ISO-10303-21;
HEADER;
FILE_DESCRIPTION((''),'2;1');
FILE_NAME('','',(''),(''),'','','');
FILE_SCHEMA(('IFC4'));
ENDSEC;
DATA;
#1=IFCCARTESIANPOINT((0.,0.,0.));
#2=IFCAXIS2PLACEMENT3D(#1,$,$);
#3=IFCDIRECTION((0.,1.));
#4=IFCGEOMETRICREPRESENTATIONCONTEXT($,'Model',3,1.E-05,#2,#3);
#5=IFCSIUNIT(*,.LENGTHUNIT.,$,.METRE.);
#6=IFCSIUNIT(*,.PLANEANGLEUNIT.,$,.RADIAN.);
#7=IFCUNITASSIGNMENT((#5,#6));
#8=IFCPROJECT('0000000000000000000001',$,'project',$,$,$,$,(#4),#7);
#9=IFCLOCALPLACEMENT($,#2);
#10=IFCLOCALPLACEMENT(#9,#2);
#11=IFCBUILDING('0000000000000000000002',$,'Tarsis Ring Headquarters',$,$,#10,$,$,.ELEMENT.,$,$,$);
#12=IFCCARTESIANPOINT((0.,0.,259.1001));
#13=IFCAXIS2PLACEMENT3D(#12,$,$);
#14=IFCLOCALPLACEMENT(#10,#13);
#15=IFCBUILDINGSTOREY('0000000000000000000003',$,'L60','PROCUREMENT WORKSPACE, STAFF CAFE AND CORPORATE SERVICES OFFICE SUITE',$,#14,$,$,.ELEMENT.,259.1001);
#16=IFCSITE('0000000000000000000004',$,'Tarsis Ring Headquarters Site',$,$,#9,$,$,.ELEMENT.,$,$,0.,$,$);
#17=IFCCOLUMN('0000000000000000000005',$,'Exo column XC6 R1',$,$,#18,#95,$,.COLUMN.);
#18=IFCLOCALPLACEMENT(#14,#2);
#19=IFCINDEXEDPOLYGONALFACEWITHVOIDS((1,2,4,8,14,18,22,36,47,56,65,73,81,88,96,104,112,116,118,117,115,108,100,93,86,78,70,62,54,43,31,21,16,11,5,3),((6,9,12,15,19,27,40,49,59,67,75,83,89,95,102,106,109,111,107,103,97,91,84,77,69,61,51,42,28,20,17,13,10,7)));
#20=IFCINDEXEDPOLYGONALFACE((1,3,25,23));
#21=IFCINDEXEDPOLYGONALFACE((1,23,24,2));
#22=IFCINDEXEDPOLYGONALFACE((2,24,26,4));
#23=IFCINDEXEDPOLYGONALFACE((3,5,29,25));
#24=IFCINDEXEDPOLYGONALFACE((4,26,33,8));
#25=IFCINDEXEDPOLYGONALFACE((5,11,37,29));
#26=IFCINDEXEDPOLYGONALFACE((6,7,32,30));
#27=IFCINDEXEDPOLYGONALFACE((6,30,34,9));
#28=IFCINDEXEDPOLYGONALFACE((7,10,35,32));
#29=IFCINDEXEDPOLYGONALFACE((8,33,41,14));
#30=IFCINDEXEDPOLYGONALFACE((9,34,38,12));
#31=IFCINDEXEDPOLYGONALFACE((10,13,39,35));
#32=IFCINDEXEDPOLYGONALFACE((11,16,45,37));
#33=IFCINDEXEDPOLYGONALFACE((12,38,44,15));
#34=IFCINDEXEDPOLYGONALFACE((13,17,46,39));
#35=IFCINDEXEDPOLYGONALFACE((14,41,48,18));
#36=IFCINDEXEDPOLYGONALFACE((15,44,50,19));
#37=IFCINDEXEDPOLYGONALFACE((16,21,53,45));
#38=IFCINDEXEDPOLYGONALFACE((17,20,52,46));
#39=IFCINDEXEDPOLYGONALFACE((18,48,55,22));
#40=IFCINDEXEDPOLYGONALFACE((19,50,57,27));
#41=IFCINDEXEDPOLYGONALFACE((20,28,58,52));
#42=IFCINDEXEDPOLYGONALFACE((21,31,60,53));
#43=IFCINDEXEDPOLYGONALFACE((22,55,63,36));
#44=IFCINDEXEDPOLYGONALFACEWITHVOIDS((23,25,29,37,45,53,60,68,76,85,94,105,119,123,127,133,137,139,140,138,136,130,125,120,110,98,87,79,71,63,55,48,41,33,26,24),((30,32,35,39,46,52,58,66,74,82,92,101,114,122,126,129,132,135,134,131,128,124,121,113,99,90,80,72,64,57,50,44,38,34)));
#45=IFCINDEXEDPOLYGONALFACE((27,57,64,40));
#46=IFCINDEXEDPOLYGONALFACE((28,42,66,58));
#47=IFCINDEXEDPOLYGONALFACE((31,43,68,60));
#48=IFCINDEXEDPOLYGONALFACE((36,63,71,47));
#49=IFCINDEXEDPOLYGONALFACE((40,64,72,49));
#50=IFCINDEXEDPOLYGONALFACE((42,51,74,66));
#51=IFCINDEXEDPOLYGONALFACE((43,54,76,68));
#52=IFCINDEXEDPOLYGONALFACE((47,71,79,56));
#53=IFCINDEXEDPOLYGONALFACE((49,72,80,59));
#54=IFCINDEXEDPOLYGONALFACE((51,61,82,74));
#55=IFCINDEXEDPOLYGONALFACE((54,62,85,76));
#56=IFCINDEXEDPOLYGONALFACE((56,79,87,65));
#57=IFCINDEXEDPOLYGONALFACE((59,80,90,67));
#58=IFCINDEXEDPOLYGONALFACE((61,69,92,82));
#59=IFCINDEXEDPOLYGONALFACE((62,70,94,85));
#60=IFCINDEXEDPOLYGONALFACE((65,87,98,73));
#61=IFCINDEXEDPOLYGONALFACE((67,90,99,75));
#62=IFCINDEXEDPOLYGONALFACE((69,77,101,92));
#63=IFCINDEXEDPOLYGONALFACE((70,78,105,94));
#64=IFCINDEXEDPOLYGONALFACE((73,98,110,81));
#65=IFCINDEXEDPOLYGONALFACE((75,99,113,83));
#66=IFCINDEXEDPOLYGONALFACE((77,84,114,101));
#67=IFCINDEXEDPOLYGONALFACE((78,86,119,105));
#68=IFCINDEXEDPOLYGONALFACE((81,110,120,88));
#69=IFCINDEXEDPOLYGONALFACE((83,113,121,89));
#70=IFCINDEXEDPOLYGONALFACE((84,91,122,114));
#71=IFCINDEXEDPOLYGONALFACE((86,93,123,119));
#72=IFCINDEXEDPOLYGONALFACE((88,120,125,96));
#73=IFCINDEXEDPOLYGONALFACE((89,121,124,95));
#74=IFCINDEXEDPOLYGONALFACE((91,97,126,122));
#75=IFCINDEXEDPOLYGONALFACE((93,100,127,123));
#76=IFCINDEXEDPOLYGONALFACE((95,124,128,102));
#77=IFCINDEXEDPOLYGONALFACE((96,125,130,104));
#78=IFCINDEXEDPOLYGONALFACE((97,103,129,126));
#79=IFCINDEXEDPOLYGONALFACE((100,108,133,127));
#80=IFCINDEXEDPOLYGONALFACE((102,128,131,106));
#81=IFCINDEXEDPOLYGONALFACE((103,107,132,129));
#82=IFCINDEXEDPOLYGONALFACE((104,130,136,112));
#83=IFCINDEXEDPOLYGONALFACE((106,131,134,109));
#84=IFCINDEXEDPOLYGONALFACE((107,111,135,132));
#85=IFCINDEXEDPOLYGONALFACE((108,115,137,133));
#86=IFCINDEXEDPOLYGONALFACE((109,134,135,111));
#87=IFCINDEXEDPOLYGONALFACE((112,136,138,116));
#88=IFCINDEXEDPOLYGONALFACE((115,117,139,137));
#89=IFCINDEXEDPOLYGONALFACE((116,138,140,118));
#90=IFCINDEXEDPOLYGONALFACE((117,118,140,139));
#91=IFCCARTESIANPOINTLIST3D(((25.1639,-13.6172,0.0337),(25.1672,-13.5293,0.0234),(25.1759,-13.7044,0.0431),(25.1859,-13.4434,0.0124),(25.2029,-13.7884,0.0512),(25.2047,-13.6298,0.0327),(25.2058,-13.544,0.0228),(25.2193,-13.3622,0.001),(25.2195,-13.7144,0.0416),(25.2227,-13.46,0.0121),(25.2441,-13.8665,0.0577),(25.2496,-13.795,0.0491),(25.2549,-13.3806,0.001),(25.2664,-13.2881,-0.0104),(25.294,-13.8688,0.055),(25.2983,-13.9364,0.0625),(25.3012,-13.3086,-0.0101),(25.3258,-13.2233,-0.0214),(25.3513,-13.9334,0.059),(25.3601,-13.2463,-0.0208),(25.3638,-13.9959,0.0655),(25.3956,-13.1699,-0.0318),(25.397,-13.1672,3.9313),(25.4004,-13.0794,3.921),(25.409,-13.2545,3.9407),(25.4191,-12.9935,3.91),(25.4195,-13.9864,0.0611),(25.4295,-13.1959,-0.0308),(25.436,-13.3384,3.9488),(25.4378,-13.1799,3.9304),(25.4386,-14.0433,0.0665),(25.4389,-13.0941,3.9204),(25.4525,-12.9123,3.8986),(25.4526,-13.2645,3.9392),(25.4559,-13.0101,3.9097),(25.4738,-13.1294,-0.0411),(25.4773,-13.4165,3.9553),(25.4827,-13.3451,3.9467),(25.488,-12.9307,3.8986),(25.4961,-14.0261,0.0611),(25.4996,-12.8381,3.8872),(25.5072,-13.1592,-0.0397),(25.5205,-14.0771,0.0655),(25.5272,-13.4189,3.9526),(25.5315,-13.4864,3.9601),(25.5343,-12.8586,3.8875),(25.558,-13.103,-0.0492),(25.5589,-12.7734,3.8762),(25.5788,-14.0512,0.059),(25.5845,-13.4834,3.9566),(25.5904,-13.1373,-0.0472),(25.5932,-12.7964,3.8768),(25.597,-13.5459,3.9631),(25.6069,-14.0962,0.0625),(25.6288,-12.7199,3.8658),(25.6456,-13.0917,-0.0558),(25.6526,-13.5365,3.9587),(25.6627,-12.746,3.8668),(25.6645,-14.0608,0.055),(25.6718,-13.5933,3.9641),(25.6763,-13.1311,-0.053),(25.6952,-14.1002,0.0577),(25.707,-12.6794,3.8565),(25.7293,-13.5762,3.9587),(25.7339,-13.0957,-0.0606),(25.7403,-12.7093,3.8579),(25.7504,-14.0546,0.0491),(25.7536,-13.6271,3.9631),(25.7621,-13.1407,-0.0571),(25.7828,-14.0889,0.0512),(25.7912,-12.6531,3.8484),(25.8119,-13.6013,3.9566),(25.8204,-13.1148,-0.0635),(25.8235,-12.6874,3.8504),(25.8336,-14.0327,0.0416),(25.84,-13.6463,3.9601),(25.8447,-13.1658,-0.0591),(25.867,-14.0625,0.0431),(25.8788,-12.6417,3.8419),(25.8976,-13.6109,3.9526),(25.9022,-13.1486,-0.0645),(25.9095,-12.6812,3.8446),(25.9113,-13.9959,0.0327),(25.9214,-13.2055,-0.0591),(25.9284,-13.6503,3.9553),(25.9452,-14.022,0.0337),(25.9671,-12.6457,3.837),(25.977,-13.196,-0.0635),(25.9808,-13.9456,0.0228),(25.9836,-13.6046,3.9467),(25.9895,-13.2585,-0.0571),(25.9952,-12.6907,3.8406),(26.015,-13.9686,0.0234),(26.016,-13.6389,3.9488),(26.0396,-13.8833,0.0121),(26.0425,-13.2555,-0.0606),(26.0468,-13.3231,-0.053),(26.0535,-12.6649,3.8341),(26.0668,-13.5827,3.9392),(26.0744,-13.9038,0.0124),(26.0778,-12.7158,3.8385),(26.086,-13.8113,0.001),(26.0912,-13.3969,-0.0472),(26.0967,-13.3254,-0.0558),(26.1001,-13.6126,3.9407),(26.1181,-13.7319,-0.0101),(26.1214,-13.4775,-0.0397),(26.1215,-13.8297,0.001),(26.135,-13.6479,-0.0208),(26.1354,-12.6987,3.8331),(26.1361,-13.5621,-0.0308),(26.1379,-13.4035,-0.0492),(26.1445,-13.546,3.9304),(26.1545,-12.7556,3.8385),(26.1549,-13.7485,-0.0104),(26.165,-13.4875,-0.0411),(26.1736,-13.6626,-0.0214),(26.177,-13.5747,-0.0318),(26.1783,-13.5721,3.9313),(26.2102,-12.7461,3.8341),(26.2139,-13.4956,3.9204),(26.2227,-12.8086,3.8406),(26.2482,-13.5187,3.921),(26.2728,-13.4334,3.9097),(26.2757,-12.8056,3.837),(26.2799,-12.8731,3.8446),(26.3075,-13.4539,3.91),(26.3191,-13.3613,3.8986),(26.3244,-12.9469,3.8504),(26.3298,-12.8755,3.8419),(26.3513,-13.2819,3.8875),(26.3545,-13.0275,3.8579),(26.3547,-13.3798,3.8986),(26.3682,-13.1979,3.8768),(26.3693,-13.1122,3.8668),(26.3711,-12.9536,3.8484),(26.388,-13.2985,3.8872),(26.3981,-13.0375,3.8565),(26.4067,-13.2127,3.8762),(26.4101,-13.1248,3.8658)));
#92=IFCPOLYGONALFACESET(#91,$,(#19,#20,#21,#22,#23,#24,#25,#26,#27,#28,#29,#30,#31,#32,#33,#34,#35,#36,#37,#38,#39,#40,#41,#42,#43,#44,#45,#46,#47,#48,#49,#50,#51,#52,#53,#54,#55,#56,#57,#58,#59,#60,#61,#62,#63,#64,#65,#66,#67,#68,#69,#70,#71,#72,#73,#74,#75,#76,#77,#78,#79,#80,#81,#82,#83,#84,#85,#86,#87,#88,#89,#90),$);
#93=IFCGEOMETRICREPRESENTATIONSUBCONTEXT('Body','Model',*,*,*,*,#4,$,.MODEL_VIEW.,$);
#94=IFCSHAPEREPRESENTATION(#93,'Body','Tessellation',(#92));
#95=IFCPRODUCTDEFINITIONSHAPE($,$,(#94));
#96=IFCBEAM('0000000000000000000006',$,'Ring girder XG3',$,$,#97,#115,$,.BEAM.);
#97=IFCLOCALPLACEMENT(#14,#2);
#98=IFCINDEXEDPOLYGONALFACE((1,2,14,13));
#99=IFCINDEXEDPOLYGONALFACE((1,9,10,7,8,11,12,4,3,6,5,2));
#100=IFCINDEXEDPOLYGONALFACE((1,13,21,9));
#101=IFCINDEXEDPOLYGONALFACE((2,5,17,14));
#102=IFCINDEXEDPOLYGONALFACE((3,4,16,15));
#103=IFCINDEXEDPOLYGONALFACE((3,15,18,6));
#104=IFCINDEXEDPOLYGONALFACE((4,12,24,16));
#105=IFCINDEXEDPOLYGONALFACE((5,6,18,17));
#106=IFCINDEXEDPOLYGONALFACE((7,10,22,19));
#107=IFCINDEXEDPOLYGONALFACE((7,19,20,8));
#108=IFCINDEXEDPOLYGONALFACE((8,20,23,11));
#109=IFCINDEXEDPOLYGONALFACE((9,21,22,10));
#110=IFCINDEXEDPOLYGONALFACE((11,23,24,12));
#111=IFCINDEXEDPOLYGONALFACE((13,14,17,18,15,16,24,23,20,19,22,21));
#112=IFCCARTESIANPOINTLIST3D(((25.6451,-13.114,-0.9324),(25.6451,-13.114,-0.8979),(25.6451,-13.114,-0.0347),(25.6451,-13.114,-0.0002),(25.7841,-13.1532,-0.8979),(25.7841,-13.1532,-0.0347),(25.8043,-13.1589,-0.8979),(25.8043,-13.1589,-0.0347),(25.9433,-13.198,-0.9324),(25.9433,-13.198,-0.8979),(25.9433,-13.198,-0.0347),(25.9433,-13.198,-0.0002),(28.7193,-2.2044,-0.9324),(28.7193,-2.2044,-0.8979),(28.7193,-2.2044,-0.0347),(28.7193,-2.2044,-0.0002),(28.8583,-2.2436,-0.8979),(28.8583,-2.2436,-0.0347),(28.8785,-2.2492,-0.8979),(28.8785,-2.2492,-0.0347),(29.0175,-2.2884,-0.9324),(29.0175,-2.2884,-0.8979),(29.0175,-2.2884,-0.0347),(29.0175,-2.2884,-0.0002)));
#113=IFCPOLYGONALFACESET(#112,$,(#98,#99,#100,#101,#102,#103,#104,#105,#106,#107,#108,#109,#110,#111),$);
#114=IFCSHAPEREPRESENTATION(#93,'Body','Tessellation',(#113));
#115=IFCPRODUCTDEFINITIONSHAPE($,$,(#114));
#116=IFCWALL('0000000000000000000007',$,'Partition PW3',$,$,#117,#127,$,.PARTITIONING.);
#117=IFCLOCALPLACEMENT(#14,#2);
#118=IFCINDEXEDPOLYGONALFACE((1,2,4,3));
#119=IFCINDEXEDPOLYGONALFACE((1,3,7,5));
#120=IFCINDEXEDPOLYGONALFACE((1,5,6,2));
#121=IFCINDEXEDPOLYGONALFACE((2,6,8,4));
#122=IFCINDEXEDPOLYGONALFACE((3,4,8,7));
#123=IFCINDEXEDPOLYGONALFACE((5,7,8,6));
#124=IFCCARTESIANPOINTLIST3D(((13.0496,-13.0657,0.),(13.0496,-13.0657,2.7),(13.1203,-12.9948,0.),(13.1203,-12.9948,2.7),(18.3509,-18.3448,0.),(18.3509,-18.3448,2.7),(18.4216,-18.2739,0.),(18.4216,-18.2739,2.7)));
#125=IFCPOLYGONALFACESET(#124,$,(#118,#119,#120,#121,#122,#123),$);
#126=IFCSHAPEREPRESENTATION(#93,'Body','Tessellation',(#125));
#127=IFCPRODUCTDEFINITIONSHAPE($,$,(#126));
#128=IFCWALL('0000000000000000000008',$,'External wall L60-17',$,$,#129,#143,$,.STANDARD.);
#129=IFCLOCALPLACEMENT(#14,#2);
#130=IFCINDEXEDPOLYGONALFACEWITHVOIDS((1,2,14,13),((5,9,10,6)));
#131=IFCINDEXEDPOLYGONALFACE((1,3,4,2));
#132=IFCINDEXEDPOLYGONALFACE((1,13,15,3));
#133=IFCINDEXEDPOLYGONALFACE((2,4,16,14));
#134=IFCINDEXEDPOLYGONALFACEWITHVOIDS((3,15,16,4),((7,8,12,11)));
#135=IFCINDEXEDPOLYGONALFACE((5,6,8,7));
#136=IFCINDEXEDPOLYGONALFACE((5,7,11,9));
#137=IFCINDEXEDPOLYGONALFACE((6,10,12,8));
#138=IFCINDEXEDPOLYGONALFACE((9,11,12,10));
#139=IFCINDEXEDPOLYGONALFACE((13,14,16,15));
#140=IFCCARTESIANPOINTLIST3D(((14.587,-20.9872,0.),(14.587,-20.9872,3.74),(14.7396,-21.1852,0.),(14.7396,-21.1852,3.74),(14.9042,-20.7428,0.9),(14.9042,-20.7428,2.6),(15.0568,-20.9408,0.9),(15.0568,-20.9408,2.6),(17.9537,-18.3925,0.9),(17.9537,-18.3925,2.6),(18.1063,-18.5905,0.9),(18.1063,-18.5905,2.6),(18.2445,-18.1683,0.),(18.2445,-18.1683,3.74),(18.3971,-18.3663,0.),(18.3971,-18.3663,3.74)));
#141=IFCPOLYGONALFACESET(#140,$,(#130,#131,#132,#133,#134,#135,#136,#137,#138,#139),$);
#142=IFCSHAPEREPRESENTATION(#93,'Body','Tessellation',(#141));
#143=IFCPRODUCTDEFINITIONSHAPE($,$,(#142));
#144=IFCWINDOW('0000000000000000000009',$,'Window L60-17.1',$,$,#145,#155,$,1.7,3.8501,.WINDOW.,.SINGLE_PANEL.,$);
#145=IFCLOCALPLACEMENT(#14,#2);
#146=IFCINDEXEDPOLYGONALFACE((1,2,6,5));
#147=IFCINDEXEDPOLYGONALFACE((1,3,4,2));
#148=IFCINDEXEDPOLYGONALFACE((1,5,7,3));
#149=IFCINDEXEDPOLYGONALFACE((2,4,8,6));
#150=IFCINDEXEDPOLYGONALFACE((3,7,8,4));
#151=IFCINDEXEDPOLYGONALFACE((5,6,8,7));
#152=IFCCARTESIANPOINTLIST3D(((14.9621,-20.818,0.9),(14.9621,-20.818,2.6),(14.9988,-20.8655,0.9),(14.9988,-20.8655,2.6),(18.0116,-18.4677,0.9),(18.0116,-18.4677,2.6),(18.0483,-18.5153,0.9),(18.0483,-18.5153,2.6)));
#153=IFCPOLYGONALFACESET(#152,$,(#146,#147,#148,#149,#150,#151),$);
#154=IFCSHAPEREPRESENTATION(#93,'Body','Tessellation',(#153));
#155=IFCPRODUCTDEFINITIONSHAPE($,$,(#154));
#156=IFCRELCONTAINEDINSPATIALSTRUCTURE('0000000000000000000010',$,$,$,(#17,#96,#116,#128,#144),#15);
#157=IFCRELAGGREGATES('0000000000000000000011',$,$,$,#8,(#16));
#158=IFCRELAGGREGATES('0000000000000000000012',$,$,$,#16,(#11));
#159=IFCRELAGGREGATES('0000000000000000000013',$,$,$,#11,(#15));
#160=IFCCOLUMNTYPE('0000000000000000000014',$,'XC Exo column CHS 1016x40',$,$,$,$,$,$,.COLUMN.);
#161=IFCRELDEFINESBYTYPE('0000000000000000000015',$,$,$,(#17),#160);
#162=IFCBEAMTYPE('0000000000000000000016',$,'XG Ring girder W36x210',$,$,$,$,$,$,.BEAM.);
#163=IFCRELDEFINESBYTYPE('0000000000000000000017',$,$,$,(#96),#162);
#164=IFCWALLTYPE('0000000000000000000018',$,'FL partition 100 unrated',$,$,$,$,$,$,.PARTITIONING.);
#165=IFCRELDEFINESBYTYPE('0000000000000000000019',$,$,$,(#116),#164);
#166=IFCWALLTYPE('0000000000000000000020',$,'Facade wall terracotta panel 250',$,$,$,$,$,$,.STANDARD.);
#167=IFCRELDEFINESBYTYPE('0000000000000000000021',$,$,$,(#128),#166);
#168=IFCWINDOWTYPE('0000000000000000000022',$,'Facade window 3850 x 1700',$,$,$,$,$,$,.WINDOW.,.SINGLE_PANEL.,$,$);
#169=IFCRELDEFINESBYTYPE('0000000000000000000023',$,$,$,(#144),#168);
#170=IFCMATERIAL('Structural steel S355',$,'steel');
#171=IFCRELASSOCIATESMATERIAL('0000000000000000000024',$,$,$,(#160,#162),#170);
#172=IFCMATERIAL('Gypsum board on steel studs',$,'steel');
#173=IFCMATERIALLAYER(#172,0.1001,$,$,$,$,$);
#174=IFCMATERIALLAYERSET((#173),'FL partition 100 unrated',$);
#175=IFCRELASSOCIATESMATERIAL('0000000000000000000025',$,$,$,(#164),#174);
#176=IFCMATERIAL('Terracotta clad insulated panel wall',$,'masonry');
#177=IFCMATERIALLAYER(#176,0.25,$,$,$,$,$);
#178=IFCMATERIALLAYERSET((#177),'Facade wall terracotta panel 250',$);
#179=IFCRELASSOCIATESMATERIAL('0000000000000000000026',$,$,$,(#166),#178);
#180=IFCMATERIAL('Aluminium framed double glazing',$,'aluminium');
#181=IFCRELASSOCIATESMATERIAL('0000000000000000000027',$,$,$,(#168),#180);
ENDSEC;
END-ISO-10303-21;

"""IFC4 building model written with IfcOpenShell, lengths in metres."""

from ifc_helpers import new_model, si_unit, direction, frame, frame_2d, origin, origin_2d, place, context, subcontext, project, spatial, rectangle, hollow_circle, i_section, extrude, material, layer, layer_set, material_profile, profile_set, type_object, element, fill, save


model = new_model("IFC4")

# Units and contexts
model_context = context("Model", 3, precision=1e-05, world=origin(), true_north=direction((0.0, 1.0)))
body_context = subcontext(model_context, "Body", "Model", "MODEL_VIEW")
ifc_project = project(units=[si_unit("LENGTHUNIT", "METRE"), si_unit("PLANEANGLEUNIT", "RADIAN")], contexts=[model_context])

# Site, building, storey
site_placement = place(None, origin())
site = spatial("IfcSite", under=ifc_project, at=site_placement, Name="Tarsis Ring Headquarters Site", CompositionType="ELEMENT", RefElevation=0.0)
building_placement = place(site_placement, origin())
building = spatial("IfcBuilding", under=site, at=building_placement, Name="Tarsis Ring Headquarters", CompositionType="ELEMENT")
storey_placement = place(building_placement, frame((0.0, 0.0, 259.1001)))
storey = spatial("IfcBuildingStorey", under=building, at=storey_placement, Name="L60", Description="PROCUREMENT WORKSPACE, STAFF CAFE AND CORPORATE SERVICES OFFICE SUITE", CompositionType="ELEMENT", Elevation=259.1001)

# Column
ifc_material_1 = material(Name="Structural steel S355", Category="steel")
ifc_material_profile_1 = material_profile(ifc_material_1, hollow_circle(Radius=0.5081, WallThickness=0.04, at=origin_2d()), Name="CHS 1016x40")
ifc_profile_set_1 = profile_set([ifc_material_profile_1], Name="Structural steel S355")
column_type = type_object("IfcColumnType", Name="XC Exo column CHS 1016x40", PredefinedType="COLUMN", material=ifc_profile_set_1)
column_placement = place(storey_placement, frame((25.6704, -13.5959, 0.001), z_axis=(0.059319, 0.114476, 0.991653), x_axis=(-0.887878, 0.460078, 0.0)))
element("IfcColumn", 1, at=column_placement, inside=storey, type_object=column_type, Name="Exo column XC6 R1", PredefinedType="COLUMN", context=body_context, shape_type="SweptSolid", body=[
    extrude(hollow_circle(Radius=0.5081, WallThickness=0.04, at=origin_2d()), origin(), (0.0, 0.0, 1.0), 3.9304),
])

# Beam
ifc_material_profile_2 = material_profile(ifc_material_1, i_section(OverallWidth=0.3098, OverallDepth=0.9321, WebThickness=0.021, FlangeThickness=0.0344, at=origin_2d()), Name="W36x210")
ifc_profile_set_2 = profile_set([ifc_material_profile_2], Name="Structural steel S355")
beam_type = type_object("IfcBeamType", Name="XG Ring girder W36x210", PredefinedType="BEAM", material=ifc_profile_set_2)
beam_placement = place(storey_placement, frame((25.7942, -13.156, -0.4663), z_axis=(0.271226, 0.962516, 0.0), x_axis=(-0.962516, 0.271226, 0.0)))
element("IfcBeam", 2, at=beam_placement, inside=storey, type_object=beam_type, Name="Ring girder XG3", PredefinedType="BEAM", context=body_context, shape_type="SweptSolid", body=[
    extrude(i_section(OverallWidth=0.3098, OverallDepth=0.9321, WebThickness=0.021, FlangeThickness=0.0344, at=origin_2d()), origin(), (0.0, 0.0, 1.0), 11.3345),
])

# Wall
ifc_material_2 = material(Name="Gypsum board on steel studs", Category="steel")
ifc_layer_1 = layer(ifc_material_2, 0.1001)
ifc_layer_set_1 = layer_set([ifc_layer_1], Name="FL partition 100 unrated")
wall_type_1 = type_object("IfcWallType", Name="FL partition 100 unrated", PredefinedType="PARTITIONING", material=ifc_layer_set_1)
wall_1_placement = place(storey_placement, frame((13.085, -13.0303, 0.0), z_axis=(0.0, 0.0, 1.0), x_axis=(0.70859, -0.70562, 0.0)))
element("IfcWall", 3, at=wall_1_placement, inside=storey, type_object=wall_type_1, Name="Partition PW3", PredefinedType="PARTITIONING", context=body_context, shape_type="SweptSolid", body=[
    extrude(rectangle(XDim=7.4814, YDim=0.1001, at=frame_2d((3.7407, 0.0))), origin(), (0.0, 0.0, 1.0), 2.7),
])

# Wall, opening, window
ifc_material_3 = material(Name="Terracotta clad insulated panel wall", Category="masonry")
ifc_layer_2 = layer(ifc_material_3, 0.25)
ifc_layer_set_2 = layer_set([ifc_layer_2], Name="Facade wall terracotta panel 250")
wall_type_2 = type_object("IfcWallType", Name="Facade wall terracotta panel 250", PredefinedType="STANDARD", material=ifc_layer_set_2)
wall_2_placement = place(storey_placement, frame((14.6633, -21.0862, 0.0), z_axis=(0.0, 0.0, 1.0), x_axis=(0.792058, 0.610446, 0.0)))
wall_2 = element("IfcWall", 4, at=wall_2_placement, inside=storey, type_object=wall_type_2, Name="External wall L60-17", PredefinedType="STANDARD", context=body_context, shape_type="SweptSolid", body=[
    extrude(rectangle(XDim=4.6177, YDim=0.25, at=frame_2d((2.3088, 0.0))), origin(), (0.0, 0.0, 1.0), 3.74),
])
opening_1_placement = place(wall_2_placement, frame((0.4004, 0.0, 0.8999)))
opening_1 = element("IfcOpeningElement", 5, at=opening_1_placement, cuts=wall_2, PredefinedType="OPENING", context=body_context, shape_type="SweptSolid", body=[
    extrude(rectangle(XDim=3.8501, YDim=1.7, at=frame_2d((1.925, 0.8501))), frame((0.0, 0.135, 0.0), z_axis=(0.0, -1.0, 0.0), x_axis=(1.0, 0.0, 0.0)), (0.0, 0.0, 1.0), 0.27),
])
ifc_material_4 = material(Name="Aluminium framed double glazing", Category="aluminium")
window_type_1 = type_object("IfcWindowType", Name="Facade window 3850 x 1700", PartitioningType="SINGLE_PANEL", PredefinedType="WINDOW", material=ifc_material_4)
window_1_placement = place(opening_1_placement, origin())
window_1 = element("IfcWindow", 6, at=window_1_placement, inside=storey, type_object=window_type_1, Name="Window L60-17.1", OverallHeight=1.7, OverallWidth=3.8501, PartitioningType="SINGLE_PANEL", PredefinedType="WINDOW", context=body_context, shape_type="SweptSolid", body=[
    extrude(rectangle(XDim=3.8501, YDim=1.7, at=frame_2d((1.925, 0.8501))), frame((0.0, 0.03, 0.0), z_axis=(0.0, -1.0, 0.0), x_axis=(1.0, 0.0, 0.0)), (0.0, 0.0, 1.0), 0.0601),
])
fill(opening_1, window_1)

save(model, "model.ifc")
